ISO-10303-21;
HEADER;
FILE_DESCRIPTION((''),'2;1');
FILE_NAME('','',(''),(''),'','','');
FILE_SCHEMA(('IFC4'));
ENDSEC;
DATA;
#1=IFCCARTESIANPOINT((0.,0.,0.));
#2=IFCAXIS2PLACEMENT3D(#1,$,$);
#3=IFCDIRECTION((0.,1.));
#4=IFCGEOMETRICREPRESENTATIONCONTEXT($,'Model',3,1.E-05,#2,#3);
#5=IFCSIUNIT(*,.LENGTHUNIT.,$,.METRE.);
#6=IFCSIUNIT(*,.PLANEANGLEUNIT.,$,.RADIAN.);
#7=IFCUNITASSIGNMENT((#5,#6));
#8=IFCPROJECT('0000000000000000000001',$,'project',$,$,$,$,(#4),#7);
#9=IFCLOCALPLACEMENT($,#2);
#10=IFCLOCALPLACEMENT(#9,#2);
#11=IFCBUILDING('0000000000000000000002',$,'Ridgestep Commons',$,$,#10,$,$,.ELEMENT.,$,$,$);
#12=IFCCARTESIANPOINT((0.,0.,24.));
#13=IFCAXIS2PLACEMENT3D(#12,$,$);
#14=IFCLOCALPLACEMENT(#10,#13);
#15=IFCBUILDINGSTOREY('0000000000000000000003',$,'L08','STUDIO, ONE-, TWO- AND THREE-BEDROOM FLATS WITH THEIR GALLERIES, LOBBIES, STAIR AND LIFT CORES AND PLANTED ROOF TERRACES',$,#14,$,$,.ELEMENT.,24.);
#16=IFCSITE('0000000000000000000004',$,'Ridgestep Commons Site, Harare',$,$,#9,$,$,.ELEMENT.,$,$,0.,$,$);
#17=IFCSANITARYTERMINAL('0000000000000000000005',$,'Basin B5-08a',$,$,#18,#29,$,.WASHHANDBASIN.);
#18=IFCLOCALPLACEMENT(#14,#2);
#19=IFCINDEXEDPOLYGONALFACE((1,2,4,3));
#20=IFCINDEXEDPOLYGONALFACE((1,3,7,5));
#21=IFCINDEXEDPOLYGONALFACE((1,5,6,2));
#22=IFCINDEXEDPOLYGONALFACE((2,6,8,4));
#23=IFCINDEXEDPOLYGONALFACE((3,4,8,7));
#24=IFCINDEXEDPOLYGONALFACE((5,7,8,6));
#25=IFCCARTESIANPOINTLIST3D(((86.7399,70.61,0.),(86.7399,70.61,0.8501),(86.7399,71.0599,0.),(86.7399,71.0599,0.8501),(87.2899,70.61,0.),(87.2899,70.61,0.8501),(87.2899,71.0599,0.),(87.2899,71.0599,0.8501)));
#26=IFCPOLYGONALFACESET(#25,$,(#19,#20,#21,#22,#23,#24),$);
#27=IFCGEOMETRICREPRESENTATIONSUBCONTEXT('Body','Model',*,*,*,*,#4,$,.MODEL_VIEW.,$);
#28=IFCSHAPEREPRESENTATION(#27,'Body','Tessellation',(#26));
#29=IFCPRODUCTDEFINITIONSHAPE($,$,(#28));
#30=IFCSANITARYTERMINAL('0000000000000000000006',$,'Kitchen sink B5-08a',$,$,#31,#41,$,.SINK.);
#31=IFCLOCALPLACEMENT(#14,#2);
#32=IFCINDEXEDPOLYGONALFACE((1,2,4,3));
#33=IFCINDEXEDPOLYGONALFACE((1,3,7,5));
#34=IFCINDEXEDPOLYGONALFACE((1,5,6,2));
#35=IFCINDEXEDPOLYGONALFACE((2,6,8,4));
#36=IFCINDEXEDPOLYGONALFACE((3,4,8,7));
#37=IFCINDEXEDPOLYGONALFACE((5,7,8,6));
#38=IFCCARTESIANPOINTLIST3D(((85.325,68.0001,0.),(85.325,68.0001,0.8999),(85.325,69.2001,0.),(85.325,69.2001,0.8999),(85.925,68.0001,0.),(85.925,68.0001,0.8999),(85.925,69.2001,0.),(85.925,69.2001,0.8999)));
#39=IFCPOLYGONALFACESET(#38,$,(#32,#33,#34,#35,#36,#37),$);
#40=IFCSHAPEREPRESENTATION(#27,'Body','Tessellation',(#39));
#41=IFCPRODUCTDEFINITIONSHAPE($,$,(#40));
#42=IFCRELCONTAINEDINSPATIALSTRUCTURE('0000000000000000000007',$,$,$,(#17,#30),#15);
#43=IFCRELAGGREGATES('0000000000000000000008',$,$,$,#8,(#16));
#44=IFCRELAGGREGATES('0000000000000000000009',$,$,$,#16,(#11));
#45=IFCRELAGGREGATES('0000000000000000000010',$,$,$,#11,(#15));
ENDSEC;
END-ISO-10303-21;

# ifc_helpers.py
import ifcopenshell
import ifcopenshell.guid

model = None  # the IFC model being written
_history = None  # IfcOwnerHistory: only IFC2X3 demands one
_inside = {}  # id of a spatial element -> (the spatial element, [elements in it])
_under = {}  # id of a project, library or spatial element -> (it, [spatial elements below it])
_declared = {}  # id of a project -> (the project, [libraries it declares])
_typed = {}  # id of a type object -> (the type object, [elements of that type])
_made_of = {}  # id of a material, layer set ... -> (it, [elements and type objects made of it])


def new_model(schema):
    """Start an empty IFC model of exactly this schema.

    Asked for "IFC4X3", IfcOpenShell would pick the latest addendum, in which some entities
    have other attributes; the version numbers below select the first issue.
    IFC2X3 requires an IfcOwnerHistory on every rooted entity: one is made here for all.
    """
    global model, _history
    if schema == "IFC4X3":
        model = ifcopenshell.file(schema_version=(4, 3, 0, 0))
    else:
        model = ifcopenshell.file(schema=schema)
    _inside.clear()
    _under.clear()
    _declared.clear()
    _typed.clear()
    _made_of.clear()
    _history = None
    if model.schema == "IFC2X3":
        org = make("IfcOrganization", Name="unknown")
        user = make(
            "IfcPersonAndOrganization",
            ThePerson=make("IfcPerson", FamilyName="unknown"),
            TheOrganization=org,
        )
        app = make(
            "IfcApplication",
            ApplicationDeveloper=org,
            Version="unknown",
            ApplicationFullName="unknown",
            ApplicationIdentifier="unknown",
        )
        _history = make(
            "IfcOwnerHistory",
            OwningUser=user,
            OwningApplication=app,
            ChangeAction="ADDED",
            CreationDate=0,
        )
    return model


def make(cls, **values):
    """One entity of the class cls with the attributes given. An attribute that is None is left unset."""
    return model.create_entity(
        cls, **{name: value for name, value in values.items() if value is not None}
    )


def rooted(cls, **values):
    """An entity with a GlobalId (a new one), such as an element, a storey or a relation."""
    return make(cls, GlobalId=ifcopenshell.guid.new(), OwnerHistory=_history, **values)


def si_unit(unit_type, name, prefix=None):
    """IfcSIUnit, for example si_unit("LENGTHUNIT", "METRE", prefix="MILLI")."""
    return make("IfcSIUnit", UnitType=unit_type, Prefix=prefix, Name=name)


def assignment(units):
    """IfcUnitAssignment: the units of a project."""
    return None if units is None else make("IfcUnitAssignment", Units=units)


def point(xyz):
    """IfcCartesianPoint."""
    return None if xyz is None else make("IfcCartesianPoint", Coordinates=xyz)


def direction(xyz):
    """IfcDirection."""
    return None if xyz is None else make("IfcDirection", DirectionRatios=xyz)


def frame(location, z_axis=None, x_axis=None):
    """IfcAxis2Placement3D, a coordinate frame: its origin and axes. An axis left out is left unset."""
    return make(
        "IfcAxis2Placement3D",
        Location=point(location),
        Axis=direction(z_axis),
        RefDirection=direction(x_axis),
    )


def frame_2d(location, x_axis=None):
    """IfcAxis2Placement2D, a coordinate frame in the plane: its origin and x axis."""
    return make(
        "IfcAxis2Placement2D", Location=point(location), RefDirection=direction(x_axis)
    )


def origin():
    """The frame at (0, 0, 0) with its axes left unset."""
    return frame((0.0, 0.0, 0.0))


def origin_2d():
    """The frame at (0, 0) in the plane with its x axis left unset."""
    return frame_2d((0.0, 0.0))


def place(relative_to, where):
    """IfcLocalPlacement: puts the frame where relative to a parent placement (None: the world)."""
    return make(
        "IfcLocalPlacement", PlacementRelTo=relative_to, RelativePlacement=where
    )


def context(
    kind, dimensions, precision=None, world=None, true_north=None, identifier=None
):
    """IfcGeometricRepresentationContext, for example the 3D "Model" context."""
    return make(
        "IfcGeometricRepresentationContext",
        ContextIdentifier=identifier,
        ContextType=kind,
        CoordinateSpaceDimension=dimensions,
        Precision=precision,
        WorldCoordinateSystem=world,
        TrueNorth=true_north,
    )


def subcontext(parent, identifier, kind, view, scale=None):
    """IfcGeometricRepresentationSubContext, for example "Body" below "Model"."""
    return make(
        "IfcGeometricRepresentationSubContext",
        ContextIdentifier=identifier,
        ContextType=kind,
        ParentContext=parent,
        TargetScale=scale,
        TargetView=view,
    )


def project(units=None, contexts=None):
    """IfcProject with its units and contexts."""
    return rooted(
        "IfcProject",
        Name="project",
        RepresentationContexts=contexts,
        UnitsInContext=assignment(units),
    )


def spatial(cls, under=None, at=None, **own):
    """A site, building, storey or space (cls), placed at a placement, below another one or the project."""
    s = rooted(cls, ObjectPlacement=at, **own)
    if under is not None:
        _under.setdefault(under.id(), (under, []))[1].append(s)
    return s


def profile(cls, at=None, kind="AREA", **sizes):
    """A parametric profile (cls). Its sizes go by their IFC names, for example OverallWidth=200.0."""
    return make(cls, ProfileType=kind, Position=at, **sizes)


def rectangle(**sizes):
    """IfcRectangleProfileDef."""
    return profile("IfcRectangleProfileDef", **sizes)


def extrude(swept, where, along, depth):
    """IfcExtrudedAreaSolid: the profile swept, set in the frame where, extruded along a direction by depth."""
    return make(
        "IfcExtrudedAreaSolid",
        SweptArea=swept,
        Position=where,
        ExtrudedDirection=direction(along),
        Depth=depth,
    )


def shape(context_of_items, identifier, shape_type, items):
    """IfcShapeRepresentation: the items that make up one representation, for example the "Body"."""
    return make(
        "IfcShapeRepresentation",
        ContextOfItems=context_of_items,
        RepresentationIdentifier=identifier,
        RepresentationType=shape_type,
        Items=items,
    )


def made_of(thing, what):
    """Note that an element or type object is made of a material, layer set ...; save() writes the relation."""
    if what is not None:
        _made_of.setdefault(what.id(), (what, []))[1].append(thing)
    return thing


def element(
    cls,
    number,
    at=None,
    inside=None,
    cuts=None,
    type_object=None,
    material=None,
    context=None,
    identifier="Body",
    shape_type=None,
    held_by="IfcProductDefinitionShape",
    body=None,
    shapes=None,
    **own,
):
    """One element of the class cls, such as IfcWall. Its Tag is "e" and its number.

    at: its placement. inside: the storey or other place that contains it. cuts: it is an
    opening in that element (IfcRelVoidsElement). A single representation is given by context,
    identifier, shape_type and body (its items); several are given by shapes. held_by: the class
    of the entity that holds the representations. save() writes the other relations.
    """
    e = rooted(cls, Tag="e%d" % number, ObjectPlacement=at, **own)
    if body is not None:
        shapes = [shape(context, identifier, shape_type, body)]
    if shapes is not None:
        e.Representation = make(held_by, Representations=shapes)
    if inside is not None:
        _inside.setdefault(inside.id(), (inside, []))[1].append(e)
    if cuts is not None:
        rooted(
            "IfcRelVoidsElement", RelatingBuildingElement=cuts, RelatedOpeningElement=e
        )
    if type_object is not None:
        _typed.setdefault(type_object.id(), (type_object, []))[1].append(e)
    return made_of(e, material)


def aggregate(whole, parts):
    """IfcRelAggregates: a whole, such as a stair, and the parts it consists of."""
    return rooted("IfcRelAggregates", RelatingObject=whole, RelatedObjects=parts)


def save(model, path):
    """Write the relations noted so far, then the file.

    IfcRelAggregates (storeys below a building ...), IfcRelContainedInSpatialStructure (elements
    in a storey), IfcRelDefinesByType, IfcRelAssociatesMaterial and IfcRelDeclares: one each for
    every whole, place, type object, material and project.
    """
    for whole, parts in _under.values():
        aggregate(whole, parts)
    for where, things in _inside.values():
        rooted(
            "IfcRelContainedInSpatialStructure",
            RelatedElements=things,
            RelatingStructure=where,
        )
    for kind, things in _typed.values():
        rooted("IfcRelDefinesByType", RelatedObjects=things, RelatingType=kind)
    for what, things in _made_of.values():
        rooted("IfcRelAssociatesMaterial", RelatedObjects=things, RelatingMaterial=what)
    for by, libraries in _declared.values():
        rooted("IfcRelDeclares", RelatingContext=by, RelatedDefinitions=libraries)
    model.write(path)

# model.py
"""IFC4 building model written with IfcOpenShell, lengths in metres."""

from ifc_helpers import new_model, si_unit, direction, frame, origin, origin_2d, place, context, subcontext, project, spatial, rectangle, extrude, element, save


model = new_model("IFC4")

# Units and contexts
model_context = context("Model", 3, precision=1e-05, world=origin(), true_north=direction((0.0, 1.0)))
body_context = subcontext(model_context, "Body", "Model", "MODEL_VIEW")
ifc_project = project(units=[si_unit("LENGTHUNIT", "METRE"), si_unit("PLANEANGLEUNIT", "RADIAN")], contexts=[model_context])

# Site, building, storey
site_placement = place(None, origin())
site = spatial("IfcSite", under=ifc_project, at=site_placement, Name="Ridgestep Commons Site, Harare", CompositionType="ELEMENT", RefElevation=0.0)
building_placement = place(site_placement, origin())
building = spatial("IfcBuilding", under=site, at=building_placement, Name="Ridgestep Commons", CompositionType="ELEMENT")
storey_placement = place(building_placement, frame((0.0, 0.0, 24.0)))
storey = spatial("IfcBuildingStorey", under=building, at=storey_placement, Name="L08", Description="STUDIO, ONE-, TWO- AND THREE-BEDROOM FLATS WITH THEIR GALLERIES, LOBBIES, STAIR AND LIFT CORES AND PLANTED ROOF TERRACES", CompositionType="ELEMENT", Elevation=24.0)

# Sanitary terminals
sanitary_terminal_1_placement = place(storey_placement, frame((87.0149, 70.835, 0.0), z_axis=(0.0, 0.0, 1.0), x_axis=(1.0, 0.0, 0.0)))
element("IfcSanitaryTerminal", 1, at=sanitary_terminal_1_placement, inside=storey, Name="Basin B5-08a", PredefinedType="WASHHANDBASIN", context=body_context, shape_type="SweptSolid", body=[
    extrude(rectangle(XDim=0.55, YDim=0.45, at=origin_2d()), origin(), (0.0, 0.0, 1.0), 0.8501),
])
sanitary_terminal_2_placement = place(storey_placement, frame((85.625, 68.6001, 0.0), z_axis=(0.0, 0.0, 1.0), x_axis=(1.0, 0.0, 0.0)))
element("IfcSanitaryTerminal", 2, at=sanitary_terminal_2_placement, inside=storey, Name="Kitchen sink B5-08a", PredefinedType="SINK", context=body_context, shape_type="SweptSolid", body=[
    extrude(rectangle(XDim=0.6001, YDim=1.2, at=origin_2d()), origin(), (0.0, 0.0, 1.0), 0.8999),
])

save(model, "model.ifc")
